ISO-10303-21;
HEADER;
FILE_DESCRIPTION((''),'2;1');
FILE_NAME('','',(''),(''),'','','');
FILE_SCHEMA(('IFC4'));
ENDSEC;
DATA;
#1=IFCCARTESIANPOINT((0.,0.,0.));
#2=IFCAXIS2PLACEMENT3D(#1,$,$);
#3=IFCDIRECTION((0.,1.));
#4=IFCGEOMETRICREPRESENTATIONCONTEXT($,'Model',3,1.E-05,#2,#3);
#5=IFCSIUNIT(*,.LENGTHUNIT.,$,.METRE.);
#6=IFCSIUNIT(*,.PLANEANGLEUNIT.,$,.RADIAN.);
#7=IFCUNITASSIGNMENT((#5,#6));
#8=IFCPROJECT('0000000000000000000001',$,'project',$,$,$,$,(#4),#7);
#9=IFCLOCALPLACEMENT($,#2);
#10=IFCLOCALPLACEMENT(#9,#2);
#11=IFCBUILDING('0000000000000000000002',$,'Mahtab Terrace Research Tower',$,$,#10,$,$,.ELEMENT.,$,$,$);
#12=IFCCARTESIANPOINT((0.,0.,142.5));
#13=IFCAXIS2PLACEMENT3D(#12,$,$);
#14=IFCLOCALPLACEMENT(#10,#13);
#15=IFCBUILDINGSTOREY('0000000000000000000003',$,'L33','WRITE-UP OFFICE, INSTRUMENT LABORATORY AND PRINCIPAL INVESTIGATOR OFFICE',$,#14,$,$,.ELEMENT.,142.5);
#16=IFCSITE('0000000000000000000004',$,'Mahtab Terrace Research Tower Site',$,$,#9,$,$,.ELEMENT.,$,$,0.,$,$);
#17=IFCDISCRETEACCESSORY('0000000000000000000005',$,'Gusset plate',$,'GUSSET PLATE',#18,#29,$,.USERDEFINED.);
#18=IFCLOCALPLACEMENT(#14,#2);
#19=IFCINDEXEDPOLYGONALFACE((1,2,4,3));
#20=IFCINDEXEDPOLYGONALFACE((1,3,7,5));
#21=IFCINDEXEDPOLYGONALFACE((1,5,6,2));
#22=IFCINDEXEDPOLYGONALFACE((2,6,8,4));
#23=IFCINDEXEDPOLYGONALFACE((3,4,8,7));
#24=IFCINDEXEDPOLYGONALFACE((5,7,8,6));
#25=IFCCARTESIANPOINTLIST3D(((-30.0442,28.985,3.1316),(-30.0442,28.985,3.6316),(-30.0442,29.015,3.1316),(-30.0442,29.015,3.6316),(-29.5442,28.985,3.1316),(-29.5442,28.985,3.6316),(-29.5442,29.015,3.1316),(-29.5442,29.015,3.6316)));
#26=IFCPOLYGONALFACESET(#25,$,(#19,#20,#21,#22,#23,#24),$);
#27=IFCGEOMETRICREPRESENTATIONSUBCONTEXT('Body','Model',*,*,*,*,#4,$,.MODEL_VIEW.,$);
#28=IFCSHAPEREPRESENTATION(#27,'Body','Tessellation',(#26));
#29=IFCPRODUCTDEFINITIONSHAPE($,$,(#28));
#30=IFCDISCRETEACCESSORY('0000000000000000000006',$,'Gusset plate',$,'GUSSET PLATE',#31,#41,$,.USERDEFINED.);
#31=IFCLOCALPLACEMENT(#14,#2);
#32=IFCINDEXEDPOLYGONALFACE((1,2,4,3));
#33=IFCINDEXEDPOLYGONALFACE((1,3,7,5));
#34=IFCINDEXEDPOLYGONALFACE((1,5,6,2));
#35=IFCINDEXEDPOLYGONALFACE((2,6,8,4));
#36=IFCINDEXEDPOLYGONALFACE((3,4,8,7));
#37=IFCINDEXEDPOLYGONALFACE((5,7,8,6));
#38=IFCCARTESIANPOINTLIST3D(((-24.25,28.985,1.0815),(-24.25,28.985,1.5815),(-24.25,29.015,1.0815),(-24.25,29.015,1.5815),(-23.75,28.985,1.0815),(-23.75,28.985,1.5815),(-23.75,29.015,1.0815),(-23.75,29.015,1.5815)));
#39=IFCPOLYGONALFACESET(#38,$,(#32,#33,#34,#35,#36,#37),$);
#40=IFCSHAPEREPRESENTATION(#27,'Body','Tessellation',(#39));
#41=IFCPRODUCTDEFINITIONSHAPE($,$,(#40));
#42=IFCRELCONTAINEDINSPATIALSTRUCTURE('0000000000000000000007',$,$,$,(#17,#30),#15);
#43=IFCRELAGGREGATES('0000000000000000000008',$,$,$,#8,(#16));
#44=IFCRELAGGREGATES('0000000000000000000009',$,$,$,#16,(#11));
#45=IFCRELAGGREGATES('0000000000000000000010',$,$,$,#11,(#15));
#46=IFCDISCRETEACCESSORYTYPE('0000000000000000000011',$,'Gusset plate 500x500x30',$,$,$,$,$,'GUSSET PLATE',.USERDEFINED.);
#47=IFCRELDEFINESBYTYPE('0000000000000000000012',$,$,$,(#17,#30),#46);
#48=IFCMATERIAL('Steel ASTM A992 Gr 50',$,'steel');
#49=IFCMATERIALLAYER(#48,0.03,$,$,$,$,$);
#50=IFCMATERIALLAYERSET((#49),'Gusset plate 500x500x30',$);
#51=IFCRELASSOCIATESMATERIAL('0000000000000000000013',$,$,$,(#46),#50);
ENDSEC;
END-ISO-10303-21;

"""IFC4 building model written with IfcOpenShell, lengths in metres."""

from ifc_helpers import new_model, si_unit, direction, frame, origin, origin_2d, place, context, subcontext, project, spatial, rectangle, extrude, material, layer, layer_set, type_object, element, save


model = new_model("IFC4")

# Units and contexts
model_context = context("Model", 3, precision=1e-05, world=origin(), true_north=direction((0.0, 1.0)))
body_context = subcontext(model_context, "Body", "Model", "MODEL_VIEW")
ifc_project = project(units=[si_unit("LENGTHUNIT", "METRE"), si_unit("PLANEANGLEUNIT", "RADIAN")], contexts=[model_context])

# Site, building, storey
site_placement = place(None, origin())
site = spatial("IfcSite", under=ifc_project, at=site_placement, Name="Mahtab Terrace Research Tower Site", CompositionType="ELEMENT", RefElevation=0.0)
building_placement = place(site_placement, origin())
building = spatial("IfcBuilding", under=site, at=building_placement, Name="Mahtab Terrace Research Tower", CompositionType="ELEMENT")
storey_placement = place(building_placement, frame((0.0, 0.0, 142.5)))
storey = spatial("IfcBuildingStorey", under=building, at=storey_placement, Name="L33", Description="WRITE-UP OFFICE, INSTRUMENT LABORATORY AND PRINCIPAL INVESTIGATOR OFFICE", CompositionType="ELEMENT", Elevation=142.5)

# Shared definitions
ifc_material_1 = material(Name="Steel ASTM A992 Gr 50", Category="steel")

# Discrete accessories
ifc_layer_1 = layer(ifc_material_1, 0.03)
ifc_layer_set_1 = layer_set([ifc_layer_1], Name="Gusset plate 500x500x30")
discrete_accessory_type = type_object("IfcDiscreteAccessoryType", Name="Gusset plate 500x500x30", ElementType="GUSSET PLATE", PredefinedType="USERDEFINED", material=ifc_layer_set_1)
for number, where, z_axis, x_axis, name in (
    (1, (-29.7942, 29.0, 3.1316), (0.0, 0.0, 1.0), (1.0, 0.0, 0.0), "Gusset plate"),
    (2, (-24.0, 29.0, 1.0815), (0.0, 0.0, 1.0), (1.0, 0.0, 0.0), "Gusset plate"),
):
    element("IfcDiscreteAccessory", number, at=place(storey_placement, frame(where, z_axis=z_axis, x_axis=x_axis)), inside=storey, type_object=discrete_accessory_type, Name=name, ObjectType="GUSSET PLATE", PredefinedType="USERDEFINED", context=body_context, shape_type="SweptSolid", body=[
        extrude(rectangle(XDim=0.5, YDim=0.03, at=origin_2d()), origin(), (0.0, 0.0, 1.0), 0.5),
    ])

save(model, "model.ifc")
